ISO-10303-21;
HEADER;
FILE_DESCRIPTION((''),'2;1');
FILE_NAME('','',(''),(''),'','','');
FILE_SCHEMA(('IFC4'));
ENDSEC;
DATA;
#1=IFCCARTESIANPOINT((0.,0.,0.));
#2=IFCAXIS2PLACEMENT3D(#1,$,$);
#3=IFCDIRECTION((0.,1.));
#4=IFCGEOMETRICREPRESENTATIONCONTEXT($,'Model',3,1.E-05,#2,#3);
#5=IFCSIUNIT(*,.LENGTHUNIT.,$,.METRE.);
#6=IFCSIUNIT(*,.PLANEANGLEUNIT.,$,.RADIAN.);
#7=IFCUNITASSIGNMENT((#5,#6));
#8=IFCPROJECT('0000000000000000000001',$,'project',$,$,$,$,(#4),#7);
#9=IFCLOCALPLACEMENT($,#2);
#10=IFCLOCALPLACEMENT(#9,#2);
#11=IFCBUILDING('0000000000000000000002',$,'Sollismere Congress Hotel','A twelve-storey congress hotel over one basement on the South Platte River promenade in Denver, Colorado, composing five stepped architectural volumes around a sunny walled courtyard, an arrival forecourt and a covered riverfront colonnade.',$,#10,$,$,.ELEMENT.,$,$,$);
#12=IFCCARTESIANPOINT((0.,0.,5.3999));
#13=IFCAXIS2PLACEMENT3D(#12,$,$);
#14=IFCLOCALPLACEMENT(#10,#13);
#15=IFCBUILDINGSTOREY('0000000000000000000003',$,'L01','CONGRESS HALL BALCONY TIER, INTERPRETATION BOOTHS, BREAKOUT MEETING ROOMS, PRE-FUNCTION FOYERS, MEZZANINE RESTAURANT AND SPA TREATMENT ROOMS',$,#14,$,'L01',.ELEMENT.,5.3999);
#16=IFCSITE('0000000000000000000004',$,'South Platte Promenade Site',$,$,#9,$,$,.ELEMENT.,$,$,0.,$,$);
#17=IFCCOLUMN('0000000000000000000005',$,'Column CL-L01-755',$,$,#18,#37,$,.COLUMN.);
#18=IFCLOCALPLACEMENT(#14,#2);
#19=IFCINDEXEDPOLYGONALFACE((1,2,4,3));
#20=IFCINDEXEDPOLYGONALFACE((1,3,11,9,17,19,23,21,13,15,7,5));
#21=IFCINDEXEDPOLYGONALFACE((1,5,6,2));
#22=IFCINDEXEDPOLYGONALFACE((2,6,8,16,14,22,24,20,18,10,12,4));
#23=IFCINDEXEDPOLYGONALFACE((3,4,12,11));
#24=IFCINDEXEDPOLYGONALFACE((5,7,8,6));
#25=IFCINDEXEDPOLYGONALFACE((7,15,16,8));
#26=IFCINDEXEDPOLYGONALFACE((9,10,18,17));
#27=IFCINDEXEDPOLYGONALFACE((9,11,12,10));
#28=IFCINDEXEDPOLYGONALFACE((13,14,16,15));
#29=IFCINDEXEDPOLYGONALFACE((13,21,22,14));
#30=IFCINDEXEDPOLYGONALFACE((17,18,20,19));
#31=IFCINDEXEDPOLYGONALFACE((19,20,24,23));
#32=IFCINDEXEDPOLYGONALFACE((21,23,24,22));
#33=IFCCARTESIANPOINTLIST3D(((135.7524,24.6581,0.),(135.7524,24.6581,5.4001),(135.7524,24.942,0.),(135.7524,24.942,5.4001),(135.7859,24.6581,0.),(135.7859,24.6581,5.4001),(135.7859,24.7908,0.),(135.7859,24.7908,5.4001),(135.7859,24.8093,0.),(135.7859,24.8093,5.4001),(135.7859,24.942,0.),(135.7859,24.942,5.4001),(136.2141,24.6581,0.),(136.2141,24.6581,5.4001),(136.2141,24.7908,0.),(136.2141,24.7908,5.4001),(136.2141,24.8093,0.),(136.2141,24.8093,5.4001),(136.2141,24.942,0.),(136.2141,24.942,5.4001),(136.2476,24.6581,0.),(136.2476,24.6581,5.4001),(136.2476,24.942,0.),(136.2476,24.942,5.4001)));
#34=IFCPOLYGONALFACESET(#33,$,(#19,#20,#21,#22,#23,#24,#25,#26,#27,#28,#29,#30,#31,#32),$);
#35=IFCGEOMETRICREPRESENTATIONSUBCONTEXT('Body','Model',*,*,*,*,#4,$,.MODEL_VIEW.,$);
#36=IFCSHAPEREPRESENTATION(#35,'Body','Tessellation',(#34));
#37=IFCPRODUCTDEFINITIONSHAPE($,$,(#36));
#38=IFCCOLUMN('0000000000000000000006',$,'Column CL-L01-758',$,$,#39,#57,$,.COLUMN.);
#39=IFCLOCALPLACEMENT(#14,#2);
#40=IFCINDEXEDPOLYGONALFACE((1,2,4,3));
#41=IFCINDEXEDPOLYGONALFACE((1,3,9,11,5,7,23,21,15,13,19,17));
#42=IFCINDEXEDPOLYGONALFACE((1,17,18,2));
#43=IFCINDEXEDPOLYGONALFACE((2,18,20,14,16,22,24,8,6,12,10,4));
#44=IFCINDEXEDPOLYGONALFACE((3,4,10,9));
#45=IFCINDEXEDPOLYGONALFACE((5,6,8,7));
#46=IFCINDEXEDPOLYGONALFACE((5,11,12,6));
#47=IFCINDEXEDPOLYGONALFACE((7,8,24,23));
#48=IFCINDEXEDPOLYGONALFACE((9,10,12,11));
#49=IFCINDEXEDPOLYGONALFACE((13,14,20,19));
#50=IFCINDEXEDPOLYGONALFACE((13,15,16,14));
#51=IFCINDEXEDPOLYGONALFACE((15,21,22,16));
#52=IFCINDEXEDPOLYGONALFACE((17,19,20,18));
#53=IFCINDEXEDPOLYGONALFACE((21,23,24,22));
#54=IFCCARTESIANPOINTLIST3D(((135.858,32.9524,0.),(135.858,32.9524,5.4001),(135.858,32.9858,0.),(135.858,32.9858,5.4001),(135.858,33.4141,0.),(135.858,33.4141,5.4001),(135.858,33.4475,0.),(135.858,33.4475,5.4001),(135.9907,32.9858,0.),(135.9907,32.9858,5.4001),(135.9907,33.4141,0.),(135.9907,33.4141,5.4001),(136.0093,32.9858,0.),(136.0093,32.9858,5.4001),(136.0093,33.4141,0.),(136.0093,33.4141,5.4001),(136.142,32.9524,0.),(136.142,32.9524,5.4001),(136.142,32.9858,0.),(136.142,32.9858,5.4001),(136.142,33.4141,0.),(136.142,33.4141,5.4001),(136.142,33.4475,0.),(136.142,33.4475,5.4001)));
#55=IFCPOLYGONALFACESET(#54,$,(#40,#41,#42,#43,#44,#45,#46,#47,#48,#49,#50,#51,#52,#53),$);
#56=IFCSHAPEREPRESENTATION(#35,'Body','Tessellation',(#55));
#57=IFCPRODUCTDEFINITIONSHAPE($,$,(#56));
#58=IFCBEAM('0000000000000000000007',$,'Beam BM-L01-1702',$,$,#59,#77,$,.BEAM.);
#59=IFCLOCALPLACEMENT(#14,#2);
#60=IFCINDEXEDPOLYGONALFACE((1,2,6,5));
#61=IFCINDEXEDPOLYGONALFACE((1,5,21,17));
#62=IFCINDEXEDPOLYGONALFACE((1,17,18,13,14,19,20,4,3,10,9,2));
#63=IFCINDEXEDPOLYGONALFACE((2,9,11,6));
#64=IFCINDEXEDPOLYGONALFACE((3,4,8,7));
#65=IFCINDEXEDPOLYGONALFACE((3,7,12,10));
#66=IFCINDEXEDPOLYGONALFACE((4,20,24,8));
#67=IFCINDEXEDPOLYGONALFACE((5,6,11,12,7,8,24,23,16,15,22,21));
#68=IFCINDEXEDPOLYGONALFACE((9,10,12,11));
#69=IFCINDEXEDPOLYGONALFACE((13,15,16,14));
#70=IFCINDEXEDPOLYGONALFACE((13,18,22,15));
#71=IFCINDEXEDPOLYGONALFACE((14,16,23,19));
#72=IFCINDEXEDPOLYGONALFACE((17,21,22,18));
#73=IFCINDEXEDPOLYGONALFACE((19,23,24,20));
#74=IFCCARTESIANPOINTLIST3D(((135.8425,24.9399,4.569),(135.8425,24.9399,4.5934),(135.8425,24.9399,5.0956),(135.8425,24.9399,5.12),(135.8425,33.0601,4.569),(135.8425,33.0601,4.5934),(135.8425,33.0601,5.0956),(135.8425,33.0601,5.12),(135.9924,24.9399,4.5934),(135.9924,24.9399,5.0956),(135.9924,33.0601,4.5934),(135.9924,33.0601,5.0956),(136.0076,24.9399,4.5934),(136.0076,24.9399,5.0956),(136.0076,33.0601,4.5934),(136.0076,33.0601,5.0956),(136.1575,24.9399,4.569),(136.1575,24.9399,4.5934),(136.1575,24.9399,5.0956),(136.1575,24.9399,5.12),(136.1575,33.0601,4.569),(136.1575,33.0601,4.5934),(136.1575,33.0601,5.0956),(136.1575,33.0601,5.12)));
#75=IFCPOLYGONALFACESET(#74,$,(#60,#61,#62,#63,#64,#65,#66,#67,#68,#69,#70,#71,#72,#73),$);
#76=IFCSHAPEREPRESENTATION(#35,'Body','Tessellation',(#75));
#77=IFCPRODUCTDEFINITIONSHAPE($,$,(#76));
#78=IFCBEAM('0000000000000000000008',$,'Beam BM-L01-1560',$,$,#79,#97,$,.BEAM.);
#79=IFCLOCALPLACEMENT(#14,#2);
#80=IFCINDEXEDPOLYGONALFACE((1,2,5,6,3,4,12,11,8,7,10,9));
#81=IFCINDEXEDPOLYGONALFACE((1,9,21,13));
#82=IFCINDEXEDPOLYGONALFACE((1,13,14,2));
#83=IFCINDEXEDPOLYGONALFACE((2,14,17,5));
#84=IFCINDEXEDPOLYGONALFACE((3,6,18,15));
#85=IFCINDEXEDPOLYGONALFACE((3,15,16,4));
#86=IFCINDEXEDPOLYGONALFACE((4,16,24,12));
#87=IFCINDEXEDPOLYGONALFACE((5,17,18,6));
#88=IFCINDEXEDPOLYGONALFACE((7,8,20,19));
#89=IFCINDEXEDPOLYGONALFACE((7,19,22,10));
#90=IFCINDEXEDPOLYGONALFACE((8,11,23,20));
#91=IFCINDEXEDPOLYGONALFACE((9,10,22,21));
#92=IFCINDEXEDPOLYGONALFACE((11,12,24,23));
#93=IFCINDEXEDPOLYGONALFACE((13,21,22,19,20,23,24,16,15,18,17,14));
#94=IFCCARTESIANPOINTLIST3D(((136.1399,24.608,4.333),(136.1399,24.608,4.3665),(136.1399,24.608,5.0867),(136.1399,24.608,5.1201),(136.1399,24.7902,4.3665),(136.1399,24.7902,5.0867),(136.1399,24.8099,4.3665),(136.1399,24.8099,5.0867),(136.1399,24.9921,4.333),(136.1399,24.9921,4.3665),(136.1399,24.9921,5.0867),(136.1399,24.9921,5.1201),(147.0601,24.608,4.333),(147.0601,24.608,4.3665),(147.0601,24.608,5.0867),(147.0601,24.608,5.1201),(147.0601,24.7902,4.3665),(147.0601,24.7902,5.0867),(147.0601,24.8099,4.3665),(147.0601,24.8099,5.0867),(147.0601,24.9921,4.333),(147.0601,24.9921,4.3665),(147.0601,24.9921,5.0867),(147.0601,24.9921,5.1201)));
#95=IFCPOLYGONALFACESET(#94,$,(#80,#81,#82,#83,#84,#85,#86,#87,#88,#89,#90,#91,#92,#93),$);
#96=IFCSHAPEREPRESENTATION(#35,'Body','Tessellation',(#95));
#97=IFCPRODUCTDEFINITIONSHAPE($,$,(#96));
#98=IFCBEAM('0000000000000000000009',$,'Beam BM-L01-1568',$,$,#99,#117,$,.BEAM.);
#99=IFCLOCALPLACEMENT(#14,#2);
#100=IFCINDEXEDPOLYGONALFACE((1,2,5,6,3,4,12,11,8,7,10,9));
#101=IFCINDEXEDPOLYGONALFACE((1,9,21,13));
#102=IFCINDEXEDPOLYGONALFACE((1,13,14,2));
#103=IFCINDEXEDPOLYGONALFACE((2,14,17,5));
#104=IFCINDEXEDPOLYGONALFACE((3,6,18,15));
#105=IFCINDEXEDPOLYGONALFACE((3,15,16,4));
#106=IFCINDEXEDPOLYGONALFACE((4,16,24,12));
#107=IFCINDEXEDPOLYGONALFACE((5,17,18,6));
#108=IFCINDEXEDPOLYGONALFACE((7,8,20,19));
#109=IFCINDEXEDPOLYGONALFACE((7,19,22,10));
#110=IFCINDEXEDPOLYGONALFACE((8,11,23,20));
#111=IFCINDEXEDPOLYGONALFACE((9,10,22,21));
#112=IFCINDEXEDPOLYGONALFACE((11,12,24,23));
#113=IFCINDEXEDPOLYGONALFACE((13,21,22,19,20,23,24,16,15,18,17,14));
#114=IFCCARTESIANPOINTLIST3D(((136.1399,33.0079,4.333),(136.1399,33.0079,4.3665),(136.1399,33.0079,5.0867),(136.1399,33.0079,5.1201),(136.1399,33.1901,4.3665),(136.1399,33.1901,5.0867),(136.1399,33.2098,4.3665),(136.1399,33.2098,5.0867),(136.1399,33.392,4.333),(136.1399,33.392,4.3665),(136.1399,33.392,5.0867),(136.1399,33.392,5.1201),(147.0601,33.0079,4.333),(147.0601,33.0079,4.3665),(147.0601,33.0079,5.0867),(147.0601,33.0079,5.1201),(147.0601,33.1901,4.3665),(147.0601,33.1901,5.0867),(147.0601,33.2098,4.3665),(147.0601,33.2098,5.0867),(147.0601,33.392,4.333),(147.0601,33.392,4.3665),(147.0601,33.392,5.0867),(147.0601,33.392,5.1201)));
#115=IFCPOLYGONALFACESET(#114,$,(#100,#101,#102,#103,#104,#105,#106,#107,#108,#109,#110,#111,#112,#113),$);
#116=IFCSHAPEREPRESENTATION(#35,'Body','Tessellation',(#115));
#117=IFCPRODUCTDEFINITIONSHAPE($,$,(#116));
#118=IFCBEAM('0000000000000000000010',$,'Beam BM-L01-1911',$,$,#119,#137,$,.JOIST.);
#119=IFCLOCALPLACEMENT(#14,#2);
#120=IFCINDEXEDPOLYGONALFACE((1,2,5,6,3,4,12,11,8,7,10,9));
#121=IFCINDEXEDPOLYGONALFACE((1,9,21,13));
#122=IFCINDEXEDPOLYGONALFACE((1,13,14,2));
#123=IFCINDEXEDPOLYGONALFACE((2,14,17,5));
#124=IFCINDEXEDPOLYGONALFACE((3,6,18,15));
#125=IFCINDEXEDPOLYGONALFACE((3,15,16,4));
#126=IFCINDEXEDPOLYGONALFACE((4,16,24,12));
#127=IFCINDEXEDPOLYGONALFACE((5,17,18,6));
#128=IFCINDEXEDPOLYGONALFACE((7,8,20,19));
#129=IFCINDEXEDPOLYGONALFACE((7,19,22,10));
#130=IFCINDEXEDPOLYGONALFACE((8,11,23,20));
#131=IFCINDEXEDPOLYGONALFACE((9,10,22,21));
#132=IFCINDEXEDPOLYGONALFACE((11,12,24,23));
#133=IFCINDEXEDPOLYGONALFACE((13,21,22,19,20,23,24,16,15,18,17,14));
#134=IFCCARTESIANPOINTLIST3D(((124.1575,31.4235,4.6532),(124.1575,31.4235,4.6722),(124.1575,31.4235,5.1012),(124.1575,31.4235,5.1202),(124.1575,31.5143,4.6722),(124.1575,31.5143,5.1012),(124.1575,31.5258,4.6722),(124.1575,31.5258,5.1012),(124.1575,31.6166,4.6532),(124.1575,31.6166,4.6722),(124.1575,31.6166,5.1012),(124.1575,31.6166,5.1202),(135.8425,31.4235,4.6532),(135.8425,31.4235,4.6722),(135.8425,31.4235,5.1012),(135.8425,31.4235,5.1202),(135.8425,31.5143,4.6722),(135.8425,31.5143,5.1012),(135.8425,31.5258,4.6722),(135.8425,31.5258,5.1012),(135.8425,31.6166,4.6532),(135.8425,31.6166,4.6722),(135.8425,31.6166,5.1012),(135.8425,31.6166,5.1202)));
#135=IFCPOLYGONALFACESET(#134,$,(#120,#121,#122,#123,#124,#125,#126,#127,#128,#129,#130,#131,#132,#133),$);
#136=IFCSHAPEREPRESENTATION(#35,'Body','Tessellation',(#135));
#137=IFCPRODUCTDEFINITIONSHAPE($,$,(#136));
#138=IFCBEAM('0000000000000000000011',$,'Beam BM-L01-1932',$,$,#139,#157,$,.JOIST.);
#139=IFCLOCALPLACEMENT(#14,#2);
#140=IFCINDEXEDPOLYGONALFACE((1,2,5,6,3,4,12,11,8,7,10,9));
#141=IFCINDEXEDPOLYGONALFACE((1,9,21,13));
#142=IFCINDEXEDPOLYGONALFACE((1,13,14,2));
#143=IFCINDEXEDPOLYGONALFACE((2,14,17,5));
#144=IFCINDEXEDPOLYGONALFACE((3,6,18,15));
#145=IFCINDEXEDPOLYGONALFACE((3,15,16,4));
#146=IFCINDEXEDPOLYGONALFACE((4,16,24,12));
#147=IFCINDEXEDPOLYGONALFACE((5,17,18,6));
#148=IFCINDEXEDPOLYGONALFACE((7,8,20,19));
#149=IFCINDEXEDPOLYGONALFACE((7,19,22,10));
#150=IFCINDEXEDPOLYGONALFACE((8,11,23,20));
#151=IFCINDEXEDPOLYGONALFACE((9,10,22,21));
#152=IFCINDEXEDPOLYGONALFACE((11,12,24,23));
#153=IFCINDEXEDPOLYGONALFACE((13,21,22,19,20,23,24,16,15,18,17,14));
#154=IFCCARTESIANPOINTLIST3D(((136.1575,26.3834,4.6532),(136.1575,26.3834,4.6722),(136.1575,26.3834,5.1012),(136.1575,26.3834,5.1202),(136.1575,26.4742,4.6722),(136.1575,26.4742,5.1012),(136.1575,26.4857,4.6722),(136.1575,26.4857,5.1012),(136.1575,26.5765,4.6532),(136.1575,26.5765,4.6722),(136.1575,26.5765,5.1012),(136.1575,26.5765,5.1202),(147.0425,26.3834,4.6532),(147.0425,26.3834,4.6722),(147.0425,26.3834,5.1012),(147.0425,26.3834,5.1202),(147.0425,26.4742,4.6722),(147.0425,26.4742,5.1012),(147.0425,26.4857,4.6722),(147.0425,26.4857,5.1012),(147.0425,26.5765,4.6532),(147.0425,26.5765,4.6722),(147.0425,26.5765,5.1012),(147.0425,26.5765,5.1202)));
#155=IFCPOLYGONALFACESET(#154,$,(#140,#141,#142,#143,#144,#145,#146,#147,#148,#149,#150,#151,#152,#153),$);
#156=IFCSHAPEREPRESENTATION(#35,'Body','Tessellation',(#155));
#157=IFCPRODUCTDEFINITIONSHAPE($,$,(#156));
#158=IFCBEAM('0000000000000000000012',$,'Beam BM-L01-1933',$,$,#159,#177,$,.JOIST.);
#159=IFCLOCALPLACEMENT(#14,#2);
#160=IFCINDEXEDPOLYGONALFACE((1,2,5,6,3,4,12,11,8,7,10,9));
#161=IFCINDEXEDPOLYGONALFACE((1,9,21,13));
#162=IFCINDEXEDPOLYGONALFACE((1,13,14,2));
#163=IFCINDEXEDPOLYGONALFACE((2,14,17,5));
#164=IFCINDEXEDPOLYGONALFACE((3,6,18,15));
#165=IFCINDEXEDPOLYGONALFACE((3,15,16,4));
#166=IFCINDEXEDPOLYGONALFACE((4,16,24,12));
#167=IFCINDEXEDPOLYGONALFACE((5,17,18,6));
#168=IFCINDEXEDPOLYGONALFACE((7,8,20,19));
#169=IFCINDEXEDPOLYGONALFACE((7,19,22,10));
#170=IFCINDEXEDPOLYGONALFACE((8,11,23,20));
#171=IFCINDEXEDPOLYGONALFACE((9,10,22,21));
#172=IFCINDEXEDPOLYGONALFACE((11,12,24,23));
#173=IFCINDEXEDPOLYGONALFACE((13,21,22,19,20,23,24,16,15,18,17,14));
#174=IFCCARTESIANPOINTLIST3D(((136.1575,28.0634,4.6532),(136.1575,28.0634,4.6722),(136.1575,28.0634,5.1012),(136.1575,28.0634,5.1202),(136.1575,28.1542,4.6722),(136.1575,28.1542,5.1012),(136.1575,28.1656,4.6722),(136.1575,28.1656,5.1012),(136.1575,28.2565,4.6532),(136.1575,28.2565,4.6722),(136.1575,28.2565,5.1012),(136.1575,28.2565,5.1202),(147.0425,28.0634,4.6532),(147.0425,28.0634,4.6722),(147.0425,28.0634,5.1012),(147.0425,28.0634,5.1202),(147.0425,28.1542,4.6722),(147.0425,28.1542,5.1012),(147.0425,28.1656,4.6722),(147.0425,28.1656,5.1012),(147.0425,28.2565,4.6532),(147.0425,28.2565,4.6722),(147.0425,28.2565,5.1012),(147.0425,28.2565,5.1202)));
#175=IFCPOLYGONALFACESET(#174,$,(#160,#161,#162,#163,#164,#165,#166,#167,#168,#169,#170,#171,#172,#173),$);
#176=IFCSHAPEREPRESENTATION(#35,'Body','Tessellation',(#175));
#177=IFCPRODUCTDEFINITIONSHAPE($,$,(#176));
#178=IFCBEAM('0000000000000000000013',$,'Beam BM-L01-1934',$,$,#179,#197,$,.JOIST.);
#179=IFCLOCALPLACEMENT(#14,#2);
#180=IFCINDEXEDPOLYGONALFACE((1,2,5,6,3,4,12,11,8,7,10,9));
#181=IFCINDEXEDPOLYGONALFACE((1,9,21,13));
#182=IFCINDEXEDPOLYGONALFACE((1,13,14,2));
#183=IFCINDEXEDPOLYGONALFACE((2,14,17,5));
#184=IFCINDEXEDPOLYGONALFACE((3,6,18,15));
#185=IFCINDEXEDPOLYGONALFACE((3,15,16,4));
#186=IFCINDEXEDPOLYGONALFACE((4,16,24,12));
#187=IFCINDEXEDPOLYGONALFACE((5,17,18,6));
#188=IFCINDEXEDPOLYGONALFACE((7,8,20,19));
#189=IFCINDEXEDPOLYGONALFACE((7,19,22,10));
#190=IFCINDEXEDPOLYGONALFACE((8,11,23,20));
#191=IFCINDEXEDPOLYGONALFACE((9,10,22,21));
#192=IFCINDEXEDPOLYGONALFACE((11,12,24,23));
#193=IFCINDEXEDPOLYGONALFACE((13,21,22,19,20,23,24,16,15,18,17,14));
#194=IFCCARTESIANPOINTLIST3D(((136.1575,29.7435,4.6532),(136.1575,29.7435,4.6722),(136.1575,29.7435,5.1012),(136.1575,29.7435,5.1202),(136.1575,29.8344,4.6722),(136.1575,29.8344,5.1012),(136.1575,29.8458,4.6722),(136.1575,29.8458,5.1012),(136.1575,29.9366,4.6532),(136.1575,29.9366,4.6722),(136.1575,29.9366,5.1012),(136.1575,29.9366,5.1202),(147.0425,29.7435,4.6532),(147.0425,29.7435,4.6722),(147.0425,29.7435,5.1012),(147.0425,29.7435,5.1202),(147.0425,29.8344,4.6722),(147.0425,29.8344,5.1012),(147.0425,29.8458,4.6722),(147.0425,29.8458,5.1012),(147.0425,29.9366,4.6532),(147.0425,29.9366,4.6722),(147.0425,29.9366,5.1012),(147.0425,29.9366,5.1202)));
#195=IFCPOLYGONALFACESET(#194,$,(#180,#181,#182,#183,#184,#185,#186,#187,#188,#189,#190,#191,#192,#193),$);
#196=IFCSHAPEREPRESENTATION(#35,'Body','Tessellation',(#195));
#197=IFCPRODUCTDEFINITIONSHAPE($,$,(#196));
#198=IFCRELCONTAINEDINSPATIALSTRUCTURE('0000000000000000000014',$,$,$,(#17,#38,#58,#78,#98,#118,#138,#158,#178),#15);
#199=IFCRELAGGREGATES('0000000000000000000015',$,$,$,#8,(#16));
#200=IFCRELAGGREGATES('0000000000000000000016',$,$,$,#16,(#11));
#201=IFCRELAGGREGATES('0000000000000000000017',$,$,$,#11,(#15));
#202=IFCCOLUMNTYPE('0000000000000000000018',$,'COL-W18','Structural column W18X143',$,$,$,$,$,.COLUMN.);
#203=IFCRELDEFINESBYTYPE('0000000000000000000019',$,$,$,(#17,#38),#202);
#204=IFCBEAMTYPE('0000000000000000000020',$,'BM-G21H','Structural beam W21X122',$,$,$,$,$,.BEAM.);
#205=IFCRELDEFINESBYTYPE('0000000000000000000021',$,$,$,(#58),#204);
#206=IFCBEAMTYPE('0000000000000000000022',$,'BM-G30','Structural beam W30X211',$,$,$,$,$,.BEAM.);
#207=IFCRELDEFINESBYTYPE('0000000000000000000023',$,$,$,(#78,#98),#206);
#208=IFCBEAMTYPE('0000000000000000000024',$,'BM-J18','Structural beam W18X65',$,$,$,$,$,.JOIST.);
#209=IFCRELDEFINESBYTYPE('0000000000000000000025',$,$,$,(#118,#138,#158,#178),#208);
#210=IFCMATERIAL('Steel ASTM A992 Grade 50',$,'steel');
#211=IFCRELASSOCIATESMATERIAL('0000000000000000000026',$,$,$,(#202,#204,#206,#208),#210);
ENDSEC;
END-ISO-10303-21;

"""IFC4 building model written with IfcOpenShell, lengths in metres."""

from ifc_helpers import new_model, si_unit, direction, frame, origin, origin_2d, place, context, subcontext, project, spatial, i_section, extrude, material, material_profile, profile_set, type_object, element, save


model = new_model("IFC4")

# Units and contexts
model_context = context("Model", 3, precision=1e-05, world=origin(), true_north=direction((0.0, 1.0)))
body_context = subcontext(model_context, "Body", "Model", "MODEL_VIEW")
ifc_project = project(units=[si_unit("LENGTHUNIT", "METRE"), si_unit("PLANEANGLEUNIT", "RADIAN")], contexts=[model_context])

# Site, building, storey
site_placement = place(None, origin())
site = spatial("IfcSite", under=ifc_project, at=site_placement, Name="South Platte Promenade Site", CompositionType="ELEMENT", RefElevation=0.0)
building_placement = place(site_placement, origin())
building = spatial("IfcBuilding", under=site, at=building_placement, Name="Sollismere Congress Hotel", Description="A twelve-storey congress hotel over one basement on the South Platte River promenade in Denver, Colorado, composing five stepped architectural volumes around a sunny walled courtyard, an arrival forecourt and a covered riverfront colonnade.", CompositionType="ELEMENT")
storey_placement = place(building_placement, frame((0.0, 0.0, 5.3999)))
storey = spatial("IfcBuildingStorey", under=building, at=storey_placement, Name="L01", Description="CONGRESS HALL BALCONY TIER, INTERPRETATION BOOTHS, BREAKOUT MEETING ROOMS, PRE-FUNCTION FOYERS, MEZZANINE RESTAURANT AND SPA TREATMENT ROOMS", LongName="L01", CompositionType="ELEMENT", Elevation=5.3999)

# Columns
ifc_material_1 = material(Name="Steel ASTM A992 Grade 50", Category="steel")
ifc_material_profile_1 = material_profile(ifc_material_1, i_section(OverallWidth=0.2839, OverallDepth=0.4951, WebThickness=0.0186, FlangeThickness=0.0334, at=origin_2d()), Name="W18X143")
ifc_profile_set_1 = profile_set([ifc_material_profile_1], Name="Steel ASTM A992 Grade 50")
column_type = type_object("IfcColumnType", Name="COL-W18", Description="Structural column W18X143", PredefinedType="COLUMN", material=ifc_profile_set_1)
for number, where, z_axis, x_axis, name in (
    (1, (136.0, 24.8, 0.0), (0.0, 0.0, 1.0), (0.0, 1.0, 0.0), "Column CL-L01-755"),
    (2, (136.0, 33.2, 0.0), (0.0, 0.0, 1.0), (1.0, 0.0, 0.0), "Column CL-L01-758"),
):
    element("IfcColumn", number, at=place(storey_placement, frame(where, z_axis=z_axis, x_axis=x_axis)), inside=storey, type_object=column_type, Name=name, PredefinedType="COLUMN", context=body_context, shape_type="SweptSolid", body=[
        extrude(i_section(OverallWidth=0.2839, OverallDepth=0.4951, WebThickness=0.0186, FlangeThickness=0.0334, at=origin_2d()), origin(), (0.0, 0.0, 1.0), 5.4001),
    ])

# Beams
ifc_material_profile_2 = material_profile(ifc_material_1, i_section(OverallWidth=0.3149, OverallDepth=0.551, WebThickness=0.0151, FlangeThickness=0.0244, at=origin_2d()), Name="W21X122")
ifc_profile_set_2 = profile_set([ifc_material_profile_2], Name="Steel ASTM A992 Grade 50")
beam_type_1 = type_object("IfcBeamType", Name="BM-G21H", Description="Structural beam W21X122", PredefinedType="BEAM", material=ifc_profile_set_2)
beam_1_placement = place(storey_placement, frame((136.0, 24.9399, 4.8445), z_axis=(0.0, 1.0, 0.0), x_axis=(-1.0, 0.0, 0.0)))
element("IfcBeam", 3, at=beam_1_placement, inside=storey, type_object=beam_type_1, Name="Beam BM-L01-1702", PredefinedType="BEAM", context=body_context, shape_type="SweptSolid", body=[
    extrude(i_section(OverallWidth=0.3149, OverallDepth=0.551, WebThickness=0.0151, FlangeThickness=0.0244, at=origin_2d()), origin(), (0.0, 0.0, 1.0), 8.1201),
])
ifc_material_profile_3 = material_profile(ifc_material_1, i_section(OverallWidth=0.384, OverallDepth=0.7871, WebThickness=0.0198, FlangeThickness=0.0334, at=origin_2d()), Name="W30X211")
ifc_profile_set_3 = profile_set([ifc_material_profile_3], Name="Steel ASTM A992 Grade 50")
beam_type_2 = type_object("IfcBeamType", Name="BM-G30", Description="Structural beam W30X211", PredefinedType="BEAM", material=ifc_profile_set_3)
for number, where, z_axis, x_axis, name in (
    (4, (136.1399, 24.8, 4.7266), (1.0, 0.0, 0.0), (0.0, 1.0, 0.0), "Beam BM-L01-1560"),
    (5, (136.1399, 33.2, 4.7266), (1.0, 0.0, 0.0), (0.0, 1.0, 0.0), "Beam BM-L01-1568"),
):
    element("IfcBeam", number, at=place(storey_placement, frame(where, z_axis=z_axis, x_axis=x_axis)), inside=storey, type_object=beam_type_2, Name=name, PredefinedType="BEAM", context=body_context, shape_type="SweptSolid", body=[
        extrude(i_section(OverallWidth=0.384, OverallDepth=0.7871, WebThickness=0.0198, FlangeThickness=0.0334, at=origin_2d()), origin(), (0.0, 0.0, 1.0), 10.9202),
    ])
ifc_material_profile_4 = material_profile(ifc_material_1, i_section(OverallWidth=0.1931, OverallDepth=0.467, WebThickness=0.0115, FlangeThickness=0.019, at=origin_2d()), Name="W18X65")
ifc_profile_set_4 = profile_set([ifc_material_profile_4], Name="Steel ASTM A992 Grade 50")
beam_type_3 = type_object("IfcBeamType", Name="BM-J18", Description="Structural beam W18X65", PredefinedType="JOIST", material=ifc_profile_set_4)
beam_2_placement = place(storey_placement, frame((124.1575, 31.52, 4.8867), z_axis=(1.0, 0.0, 0.0), x_axis=(0.0, 1.0, 0.0)))
element("IfcBeam", 6, at=beam_2_placement, inside=storey, type_object=beam_type_3, Name="Beam BM-L01-1911", PredefinedType="JOIST", context=body_context, shape_type="SweptSolid", body=[
    extrude(i_section(OverallWidth=0.1931, OverallDepth=0.467, WebThickness=0.0115, FlangeThickness=0.019, at=origin_2d()), origin(), (0.0, 0.0, 1.0), 11.6851),
])
for number, where, z_axis, x_axis, name in (
    (7, (136.1575, 26.48, 4.8867), (1.0, 0.0, 0.0), (0.0, 1.0, 0.0), "Beam BM-L01-1932"),
    (8, (136.1575, 28.1599, 4.8867), (1.0, 0.0, 0.0), (0.0, 1.0, 0.0), "Beam BM-L01-1933"),
    (9, (136.1575, 29.8401, 4.8867), (1.0, 0.0, 0.0), (0.0, 1.0, 0.0), "Beam BM-L01-1934"),
):
    element("IfcBeam", number, at=place(storey_placement, frame(where, z_axis=z_axis, x_axis=x_axis)), inside=storey, type_object=beam_type_3, Name=name, PredefinedType="JOIST", context=body_context, shape_type="SweptSolid", body=[
        extrude(i_section(OverallWidth=0.1931, OverallDepth=0.467, WebThickness=0.0115, FlangeThickness=0.019, at=origin_2d()), origin(), (0.0, 0.0, 1.0), 10.885),
    ])

save(model, "model.ifc")
